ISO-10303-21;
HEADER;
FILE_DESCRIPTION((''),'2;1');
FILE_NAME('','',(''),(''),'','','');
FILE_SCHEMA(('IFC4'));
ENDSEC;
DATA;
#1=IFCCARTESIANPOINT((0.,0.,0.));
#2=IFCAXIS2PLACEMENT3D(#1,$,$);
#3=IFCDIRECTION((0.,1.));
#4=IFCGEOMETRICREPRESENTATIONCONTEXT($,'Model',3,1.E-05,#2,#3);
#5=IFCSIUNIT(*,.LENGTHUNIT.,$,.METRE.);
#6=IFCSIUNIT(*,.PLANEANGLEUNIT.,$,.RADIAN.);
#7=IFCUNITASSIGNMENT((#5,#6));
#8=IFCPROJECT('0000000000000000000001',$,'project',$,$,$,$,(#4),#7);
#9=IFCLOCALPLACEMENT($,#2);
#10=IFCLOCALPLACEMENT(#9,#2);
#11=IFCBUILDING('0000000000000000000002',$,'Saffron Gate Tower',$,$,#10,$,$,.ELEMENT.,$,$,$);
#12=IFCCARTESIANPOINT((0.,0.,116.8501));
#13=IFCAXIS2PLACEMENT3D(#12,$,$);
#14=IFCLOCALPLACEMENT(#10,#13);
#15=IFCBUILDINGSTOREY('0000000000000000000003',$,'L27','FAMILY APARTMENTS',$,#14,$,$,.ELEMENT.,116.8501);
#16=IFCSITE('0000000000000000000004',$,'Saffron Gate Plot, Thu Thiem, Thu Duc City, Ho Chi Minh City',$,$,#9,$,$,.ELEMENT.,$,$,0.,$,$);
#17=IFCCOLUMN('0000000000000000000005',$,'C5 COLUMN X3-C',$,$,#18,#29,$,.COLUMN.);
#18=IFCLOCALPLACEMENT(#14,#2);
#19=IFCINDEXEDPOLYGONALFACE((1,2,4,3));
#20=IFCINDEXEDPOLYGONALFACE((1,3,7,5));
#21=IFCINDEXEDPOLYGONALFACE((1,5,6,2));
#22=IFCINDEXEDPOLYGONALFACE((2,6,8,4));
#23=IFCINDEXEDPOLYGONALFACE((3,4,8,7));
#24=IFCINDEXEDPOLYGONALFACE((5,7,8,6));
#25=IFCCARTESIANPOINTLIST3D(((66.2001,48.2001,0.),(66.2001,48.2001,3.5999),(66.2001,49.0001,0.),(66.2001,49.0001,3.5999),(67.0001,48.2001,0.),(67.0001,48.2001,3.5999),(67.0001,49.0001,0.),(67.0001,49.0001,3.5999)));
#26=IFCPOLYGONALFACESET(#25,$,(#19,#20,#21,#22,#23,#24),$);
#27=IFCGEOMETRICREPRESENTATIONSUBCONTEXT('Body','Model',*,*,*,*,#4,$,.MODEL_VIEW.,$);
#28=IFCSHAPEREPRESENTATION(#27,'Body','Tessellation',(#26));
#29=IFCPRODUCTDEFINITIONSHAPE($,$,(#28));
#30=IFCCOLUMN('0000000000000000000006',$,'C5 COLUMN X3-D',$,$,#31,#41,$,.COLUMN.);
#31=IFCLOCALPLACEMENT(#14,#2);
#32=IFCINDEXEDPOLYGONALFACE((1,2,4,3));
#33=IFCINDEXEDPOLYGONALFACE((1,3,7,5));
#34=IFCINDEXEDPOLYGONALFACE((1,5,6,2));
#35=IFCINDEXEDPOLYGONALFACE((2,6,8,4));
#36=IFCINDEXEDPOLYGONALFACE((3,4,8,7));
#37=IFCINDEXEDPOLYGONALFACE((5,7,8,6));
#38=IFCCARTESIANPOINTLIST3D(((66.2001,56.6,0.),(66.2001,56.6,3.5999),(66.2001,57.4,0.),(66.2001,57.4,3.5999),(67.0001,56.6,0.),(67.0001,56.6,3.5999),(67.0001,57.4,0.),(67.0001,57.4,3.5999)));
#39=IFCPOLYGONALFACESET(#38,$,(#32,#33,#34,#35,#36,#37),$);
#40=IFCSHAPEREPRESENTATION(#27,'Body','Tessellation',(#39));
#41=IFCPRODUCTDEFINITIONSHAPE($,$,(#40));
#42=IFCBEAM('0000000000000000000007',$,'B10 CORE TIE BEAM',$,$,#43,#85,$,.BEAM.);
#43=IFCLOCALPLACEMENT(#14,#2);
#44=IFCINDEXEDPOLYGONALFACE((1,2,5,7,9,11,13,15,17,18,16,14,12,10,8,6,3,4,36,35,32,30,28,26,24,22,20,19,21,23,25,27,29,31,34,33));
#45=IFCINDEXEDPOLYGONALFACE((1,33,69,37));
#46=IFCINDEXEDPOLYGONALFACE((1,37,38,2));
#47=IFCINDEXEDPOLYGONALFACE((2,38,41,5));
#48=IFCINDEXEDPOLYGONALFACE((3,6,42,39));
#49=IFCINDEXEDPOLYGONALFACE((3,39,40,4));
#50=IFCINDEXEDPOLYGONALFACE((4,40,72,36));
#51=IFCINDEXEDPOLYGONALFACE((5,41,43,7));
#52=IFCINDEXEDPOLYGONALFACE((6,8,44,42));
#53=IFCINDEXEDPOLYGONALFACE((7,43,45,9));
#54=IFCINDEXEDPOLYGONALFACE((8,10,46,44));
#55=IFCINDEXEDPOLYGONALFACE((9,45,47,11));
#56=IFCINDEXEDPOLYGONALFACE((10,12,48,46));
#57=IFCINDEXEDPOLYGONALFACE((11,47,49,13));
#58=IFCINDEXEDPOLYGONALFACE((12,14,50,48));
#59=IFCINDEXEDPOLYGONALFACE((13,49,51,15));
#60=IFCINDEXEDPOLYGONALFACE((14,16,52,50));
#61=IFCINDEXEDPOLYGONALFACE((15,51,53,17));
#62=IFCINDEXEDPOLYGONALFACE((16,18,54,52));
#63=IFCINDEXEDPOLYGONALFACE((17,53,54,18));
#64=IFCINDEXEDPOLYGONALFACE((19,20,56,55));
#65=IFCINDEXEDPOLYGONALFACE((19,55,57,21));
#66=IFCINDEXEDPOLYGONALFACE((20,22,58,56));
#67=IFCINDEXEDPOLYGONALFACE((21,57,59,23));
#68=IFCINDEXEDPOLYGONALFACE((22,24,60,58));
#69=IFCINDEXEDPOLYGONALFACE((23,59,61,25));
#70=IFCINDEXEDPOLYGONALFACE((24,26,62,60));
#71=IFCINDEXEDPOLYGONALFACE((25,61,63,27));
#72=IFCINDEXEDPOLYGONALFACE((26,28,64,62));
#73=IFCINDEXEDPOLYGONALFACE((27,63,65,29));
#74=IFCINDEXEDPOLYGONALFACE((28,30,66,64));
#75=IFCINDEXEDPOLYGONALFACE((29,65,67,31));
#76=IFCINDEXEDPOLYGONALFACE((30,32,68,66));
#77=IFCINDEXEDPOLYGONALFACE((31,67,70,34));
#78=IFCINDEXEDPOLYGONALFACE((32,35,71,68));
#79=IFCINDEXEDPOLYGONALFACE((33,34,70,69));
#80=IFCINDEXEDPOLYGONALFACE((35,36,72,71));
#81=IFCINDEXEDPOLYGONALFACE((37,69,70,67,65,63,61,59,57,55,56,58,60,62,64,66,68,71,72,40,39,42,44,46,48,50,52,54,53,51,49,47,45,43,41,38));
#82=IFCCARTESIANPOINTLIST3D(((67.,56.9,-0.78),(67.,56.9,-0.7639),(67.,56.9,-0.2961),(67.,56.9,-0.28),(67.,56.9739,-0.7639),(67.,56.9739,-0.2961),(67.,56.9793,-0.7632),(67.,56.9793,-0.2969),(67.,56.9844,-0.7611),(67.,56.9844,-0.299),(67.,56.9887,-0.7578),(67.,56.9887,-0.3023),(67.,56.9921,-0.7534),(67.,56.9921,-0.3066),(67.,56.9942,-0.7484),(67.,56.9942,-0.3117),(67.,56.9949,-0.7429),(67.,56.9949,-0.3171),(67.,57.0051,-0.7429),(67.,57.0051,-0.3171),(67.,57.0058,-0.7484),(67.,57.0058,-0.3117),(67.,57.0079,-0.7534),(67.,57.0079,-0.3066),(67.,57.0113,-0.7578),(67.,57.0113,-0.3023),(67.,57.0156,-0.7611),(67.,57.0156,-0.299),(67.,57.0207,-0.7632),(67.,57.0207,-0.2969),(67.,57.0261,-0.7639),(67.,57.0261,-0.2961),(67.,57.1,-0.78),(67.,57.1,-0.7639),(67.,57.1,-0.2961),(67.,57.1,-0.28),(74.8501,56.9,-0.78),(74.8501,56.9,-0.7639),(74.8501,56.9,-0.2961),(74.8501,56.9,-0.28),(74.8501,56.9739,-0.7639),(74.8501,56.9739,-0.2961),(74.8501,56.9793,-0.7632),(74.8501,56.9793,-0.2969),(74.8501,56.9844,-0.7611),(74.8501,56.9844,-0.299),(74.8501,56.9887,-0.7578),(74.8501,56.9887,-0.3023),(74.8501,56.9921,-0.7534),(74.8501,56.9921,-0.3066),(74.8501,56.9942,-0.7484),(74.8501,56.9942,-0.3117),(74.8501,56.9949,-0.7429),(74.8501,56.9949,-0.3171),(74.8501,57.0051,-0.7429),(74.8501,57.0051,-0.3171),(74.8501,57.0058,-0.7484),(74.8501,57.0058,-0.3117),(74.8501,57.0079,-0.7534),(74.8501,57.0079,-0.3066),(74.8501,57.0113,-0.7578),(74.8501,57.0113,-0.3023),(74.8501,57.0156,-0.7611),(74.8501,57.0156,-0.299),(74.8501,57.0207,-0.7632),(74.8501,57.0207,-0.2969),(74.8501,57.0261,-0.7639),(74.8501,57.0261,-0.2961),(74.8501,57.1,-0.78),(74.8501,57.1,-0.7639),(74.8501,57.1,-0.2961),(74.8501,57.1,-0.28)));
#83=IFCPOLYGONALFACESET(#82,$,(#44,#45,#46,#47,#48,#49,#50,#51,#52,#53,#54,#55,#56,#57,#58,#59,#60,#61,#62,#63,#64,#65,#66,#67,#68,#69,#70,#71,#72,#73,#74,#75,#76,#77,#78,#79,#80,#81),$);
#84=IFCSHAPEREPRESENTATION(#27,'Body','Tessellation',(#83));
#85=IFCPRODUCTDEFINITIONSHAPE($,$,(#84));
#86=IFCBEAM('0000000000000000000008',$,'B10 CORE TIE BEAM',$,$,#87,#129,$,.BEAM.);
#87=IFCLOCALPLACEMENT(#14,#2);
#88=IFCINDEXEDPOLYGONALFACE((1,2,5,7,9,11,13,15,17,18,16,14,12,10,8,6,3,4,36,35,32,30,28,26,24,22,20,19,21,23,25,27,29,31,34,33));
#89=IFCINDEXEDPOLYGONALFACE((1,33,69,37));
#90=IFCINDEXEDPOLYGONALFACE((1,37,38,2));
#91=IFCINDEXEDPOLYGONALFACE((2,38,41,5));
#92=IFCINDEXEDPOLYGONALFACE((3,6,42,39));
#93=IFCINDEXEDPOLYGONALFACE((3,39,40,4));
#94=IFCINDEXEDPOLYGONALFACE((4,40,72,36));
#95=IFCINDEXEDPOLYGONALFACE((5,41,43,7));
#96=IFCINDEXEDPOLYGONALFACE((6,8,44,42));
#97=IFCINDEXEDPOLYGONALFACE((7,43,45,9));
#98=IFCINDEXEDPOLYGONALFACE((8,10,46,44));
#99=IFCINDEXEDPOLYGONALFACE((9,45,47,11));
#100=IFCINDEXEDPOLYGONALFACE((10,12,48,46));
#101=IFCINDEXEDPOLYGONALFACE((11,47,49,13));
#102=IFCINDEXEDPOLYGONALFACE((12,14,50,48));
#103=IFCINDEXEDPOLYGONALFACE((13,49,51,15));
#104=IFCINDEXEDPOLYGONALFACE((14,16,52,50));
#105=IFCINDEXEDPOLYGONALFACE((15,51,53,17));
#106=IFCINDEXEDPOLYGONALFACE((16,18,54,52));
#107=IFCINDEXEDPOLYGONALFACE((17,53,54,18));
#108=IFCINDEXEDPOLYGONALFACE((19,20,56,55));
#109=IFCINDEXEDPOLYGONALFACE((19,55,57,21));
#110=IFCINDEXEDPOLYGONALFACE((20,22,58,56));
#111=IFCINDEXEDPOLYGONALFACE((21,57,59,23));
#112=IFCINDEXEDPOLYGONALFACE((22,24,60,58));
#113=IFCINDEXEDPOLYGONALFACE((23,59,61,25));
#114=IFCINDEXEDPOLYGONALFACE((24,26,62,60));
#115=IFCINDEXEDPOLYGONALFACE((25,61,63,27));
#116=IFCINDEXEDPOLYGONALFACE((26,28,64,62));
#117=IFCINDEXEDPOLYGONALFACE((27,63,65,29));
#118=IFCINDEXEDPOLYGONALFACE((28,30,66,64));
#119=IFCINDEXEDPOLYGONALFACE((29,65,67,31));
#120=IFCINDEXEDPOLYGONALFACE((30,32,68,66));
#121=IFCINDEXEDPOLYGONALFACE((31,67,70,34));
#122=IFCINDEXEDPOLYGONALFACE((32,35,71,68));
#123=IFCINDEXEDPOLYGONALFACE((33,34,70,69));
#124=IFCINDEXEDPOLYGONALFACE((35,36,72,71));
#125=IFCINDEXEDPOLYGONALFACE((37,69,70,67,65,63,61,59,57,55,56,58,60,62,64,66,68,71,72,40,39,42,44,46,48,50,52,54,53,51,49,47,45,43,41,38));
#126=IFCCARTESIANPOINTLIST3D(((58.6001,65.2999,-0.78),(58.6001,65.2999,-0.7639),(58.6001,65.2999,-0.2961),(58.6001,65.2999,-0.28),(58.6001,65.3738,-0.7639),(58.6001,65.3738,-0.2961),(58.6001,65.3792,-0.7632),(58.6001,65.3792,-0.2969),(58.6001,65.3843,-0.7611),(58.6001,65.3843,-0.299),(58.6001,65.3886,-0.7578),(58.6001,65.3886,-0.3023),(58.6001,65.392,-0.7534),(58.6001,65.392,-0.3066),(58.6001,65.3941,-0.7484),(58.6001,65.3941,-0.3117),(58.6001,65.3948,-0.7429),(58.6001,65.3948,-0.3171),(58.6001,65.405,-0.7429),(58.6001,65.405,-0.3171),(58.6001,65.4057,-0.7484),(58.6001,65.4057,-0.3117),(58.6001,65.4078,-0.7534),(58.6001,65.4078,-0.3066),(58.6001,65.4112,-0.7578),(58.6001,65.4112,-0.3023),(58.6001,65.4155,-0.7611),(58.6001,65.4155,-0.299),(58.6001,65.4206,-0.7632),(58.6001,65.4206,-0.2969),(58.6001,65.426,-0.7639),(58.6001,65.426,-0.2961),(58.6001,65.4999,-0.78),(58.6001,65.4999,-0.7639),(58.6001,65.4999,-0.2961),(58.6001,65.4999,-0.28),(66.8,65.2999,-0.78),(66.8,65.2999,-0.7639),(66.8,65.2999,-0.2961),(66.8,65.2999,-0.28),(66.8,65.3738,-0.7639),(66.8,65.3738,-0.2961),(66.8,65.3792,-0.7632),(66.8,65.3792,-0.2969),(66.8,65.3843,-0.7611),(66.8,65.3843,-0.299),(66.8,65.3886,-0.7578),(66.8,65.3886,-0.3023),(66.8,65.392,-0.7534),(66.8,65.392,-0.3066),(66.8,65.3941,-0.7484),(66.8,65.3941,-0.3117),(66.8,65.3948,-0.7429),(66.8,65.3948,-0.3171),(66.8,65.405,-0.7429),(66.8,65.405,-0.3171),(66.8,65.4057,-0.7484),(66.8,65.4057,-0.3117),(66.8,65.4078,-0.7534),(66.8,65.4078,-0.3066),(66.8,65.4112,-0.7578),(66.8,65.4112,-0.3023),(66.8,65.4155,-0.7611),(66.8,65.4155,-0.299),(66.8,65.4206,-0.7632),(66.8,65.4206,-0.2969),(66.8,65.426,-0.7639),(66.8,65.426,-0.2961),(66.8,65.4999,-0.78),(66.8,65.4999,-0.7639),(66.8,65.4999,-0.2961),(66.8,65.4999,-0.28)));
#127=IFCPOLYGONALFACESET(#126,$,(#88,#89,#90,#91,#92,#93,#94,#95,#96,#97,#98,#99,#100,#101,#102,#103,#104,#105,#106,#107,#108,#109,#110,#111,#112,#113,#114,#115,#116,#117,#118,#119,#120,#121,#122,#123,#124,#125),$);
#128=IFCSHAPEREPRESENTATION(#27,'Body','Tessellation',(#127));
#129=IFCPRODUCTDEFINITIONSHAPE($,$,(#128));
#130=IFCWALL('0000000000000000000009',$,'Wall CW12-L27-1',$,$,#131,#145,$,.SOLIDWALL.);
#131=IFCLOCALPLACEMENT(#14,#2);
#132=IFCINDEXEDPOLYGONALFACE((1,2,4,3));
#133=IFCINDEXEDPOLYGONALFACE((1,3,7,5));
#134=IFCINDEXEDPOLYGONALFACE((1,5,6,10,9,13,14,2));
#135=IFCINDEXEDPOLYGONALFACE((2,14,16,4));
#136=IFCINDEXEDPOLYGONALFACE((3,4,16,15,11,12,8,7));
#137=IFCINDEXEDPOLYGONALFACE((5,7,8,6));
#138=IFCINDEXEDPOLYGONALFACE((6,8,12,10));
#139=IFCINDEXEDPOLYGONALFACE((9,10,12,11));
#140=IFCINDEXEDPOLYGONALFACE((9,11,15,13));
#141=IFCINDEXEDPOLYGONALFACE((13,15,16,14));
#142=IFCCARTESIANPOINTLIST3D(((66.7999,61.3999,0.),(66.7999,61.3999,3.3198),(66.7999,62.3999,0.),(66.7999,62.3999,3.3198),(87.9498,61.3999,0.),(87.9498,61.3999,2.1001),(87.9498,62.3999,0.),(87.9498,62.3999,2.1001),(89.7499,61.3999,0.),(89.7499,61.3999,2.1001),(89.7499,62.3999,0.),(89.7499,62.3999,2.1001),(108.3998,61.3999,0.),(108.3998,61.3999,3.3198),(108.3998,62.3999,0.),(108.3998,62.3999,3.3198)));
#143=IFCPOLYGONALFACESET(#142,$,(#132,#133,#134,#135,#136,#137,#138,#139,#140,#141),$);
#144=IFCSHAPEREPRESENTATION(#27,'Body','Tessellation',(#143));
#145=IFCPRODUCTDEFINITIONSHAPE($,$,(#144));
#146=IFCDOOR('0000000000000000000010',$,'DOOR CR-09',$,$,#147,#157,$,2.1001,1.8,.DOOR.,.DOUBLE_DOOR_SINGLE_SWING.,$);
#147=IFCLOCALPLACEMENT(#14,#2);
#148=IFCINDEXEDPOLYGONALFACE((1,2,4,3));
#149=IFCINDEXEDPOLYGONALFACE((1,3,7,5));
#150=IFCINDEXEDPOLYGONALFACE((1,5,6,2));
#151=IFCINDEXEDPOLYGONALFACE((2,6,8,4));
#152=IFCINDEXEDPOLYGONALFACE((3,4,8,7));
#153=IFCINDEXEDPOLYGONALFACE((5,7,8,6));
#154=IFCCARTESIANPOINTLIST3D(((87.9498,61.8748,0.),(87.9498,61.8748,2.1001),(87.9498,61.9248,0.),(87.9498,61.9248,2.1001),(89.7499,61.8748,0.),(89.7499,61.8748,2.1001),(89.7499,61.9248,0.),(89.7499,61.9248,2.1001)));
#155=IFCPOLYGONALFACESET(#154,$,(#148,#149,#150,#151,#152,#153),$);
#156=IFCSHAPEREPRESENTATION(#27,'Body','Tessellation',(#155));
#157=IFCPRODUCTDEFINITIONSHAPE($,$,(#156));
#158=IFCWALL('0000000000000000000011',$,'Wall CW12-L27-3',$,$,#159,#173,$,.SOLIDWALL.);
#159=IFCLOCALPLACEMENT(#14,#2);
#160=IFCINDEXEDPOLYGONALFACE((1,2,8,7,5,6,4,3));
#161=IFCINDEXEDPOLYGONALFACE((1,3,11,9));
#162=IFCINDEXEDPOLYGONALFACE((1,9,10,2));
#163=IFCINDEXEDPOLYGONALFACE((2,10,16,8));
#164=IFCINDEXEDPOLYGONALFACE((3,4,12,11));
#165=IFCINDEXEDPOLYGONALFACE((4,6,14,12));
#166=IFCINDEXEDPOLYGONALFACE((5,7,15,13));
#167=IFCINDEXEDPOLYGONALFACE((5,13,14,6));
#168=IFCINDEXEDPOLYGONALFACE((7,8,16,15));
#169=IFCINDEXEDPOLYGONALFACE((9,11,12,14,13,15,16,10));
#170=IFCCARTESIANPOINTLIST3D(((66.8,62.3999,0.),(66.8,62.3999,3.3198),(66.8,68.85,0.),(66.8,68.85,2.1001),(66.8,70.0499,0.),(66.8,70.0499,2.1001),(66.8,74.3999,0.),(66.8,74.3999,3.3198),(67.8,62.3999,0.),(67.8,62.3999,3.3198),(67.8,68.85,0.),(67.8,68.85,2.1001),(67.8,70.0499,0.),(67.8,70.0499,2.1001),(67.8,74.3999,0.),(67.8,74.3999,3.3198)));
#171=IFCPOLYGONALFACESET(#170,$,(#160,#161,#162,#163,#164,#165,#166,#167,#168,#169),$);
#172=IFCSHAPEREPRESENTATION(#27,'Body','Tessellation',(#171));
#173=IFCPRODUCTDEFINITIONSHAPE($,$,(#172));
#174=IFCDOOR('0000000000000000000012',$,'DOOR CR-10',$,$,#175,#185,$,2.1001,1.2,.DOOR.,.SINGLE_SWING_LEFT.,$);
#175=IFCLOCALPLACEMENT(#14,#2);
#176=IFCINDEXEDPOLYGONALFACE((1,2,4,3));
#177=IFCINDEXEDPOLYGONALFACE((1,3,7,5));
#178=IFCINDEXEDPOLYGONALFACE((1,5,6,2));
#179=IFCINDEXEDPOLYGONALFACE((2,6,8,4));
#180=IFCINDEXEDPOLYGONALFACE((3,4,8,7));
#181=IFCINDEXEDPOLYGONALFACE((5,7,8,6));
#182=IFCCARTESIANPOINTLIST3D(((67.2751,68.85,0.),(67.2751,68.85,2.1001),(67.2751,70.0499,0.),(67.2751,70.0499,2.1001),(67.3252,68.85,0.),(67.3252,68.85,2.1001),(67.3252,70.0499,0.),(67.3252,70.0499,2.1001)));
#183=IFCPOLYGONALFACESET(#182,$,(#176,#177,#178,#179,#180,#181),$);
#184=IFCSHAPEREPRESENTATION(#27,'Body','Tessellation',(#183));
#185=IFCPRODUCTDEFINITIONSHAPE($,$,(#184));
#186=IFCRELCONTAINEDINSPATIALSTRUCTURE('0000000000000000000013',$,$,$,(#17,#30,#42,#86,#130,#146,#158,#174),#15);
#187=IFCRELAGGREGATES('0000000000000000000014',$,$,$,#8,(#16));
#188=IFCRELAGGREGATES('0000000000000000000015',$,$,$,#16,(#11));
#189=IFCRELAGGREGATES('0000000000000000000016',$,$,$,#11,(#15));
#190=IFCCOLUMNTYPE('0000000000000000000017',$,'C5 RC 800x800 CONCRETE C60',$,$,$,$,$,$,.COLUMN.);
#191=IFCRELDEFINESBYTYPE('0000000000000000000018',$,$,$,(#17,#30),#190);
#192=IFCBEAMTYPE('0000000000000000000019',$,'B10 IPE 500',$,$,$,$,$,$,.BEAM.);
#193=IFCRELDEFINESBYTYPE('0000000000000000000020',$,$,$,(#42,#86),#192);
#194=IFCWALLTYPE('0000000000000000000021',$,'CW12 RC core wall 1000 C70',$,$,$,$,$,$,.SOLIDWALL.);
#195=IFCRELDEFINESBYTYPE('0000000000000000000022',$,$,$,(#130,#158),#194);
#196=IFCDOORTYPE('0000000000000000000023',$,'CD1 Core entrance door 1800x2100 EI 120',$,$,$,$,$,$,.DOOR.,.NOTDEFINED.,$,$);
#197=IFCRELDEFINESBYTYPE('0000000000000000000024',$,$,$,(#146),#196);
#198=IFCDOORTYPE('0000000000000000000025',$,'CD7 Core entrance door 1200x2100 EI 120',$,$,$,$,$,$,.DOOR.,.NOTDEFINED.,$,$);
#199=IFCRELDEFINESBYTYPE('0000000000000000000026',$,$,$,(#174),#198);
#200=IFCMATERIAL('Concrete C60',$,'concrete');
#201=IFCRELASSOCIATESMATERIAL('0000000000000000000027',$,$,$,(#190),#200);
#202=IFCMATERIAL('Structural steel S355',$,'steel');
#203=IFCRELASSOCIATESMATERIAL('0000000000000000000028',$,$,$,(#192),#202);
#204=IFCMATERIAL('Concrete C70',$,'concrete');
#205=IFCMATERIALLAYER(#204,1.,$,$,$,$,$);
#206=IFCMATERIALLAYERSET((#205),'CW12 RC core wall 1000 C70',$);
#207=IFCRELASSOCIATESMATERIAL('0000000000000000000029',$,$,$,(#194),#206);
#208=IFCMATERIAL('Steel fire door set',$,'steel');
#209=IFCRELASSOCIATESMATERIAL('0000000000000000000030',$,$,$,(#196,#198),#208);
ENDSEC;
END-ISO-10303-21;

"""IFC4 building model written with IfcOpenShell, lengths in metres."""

from ifc_helpers import new_model, si_unit, direction, frame, frame_2d, origin, origin_2d, place, context, subcontext, project, spatial, rectangle, i_section, extrude, material, layer, layer_set, material_profile, profile_set, type_object, element, fill, save


model = new_model("IFC4")

# Units and contexts
model_context = context("Model", 3, precision=1e-05, world=origin(), true_north=direction((0.0, 1.0)))
body_context = subcontext(model_context, "Body", "Model", "MODEL_VIEW")
ifc_project = project(units=[si_unit("LENGTHUNIT", "METRE"), si_unit("PLANEANGLEUNIT", "RADIAN")], contexts=[model_context])

# Site, building, storey
site_placement = place(None, origin())
site = spatial("IfcSite", under=ifc_project, at=site_placement, Name="Saffron Gate Plot, Thu Thiem, Thu Duc City, Ho Chi Minh City", CompositionType="ELEMENT", RefElevation=0.0)
building_placement = place(site_placement, origin())
building = spatial("IfcBuilding", under=site, at=building_placement, Name="Saffron Gate Tower", CompositionType="ELEMENT")
storey_placement = place(building_placement, frame((0.0, 0.0, 116.8501)))
storey = spatial("IfcBuildingStorey", under=building, at=storey_placement, Name="L27", Description="FAMILY APARTMENTS", CompositionType="ELEMENT", Elevation=116.8501)

# Columns
ifc_material_1 = material(Name="Concrete C60", Category="concrete")
ifc_material_profile_1 = material_profile(ifc_material_1, rectangle(XDim=0.8, YDim=0.8, at=origin_2d()))
ifc_profile_set_1 = profile_set([ifc_material_profile_1], Name="Concrete C60")
column_type = type_object("IfcColumnType", Name="C5 RC 800x800 CONCRETE C60", PredefinedType="COLUMN", material=ifc_profile_set_1)
for number, where, z_axis, x_axis, name in (
    (1, (66.6001, 48.6001, 0.0), (0.0, 0.0, 1.0), (1.0, 0.0, 0.0), "C5 COLUMN X3-C"),
    (2, (66.6001, 57.0, 0.0), (0.0, 0.0, 1.0), (1.0, 0.0, 0.0), "C5 COLUMN X3-D"),
):
    element("IfcColumn", number, at=place(storey_placement, frame(where, z_axis=z_axis, x_axis=x_axis)), inside=storey, type_object=column_type, Name=name, PredefinedType="COLUMN", context=body_context, shape_type="SweptSolid", body=[
        extrude(rectangle(XDim=0.8, YDim=0.8, at=origin_2d()), origin(), (0.0, 0.0, 1.0), 3.5999),
    ])

# Beams
ifc_material_2 = material(Name="Structural steel S355", Category="steel")
ifc_material_profile_2 = material_profile(ifc_material_2, i_section(OverallWidth=0.2, OverallDepth=0.5, WebThickness=0.0103, FlangeThickness=0.0161, FilletRadius=0.021, at=origin_2d()))
ifc_profile_set_2 = profile_set([ifc_material_profile_2], Name="Structural steel S355")
beam_type = type_object("IfcBeamType", Name="B10 IPE 500", PredefinedType="BEAM", material=ifc_profile_set_2)
beam_1_placement = place(storey_placement, frame((67.0, 57.0, -0.53), z_axis=(1.0, 0.0, 0.0), x_axis=(0.0, 1.0, 0.0)))
element("IfcBeam", 3, at=beam_1_placement, inside=storey, type_object=beam_type, Name="B10 CORE TIE BEAM", PredefinedType="BEAM", context=body_context, shape_type="SweptSolid", body=[
    extrude(i_section(OverallWidth=0.2, OverallDepth=0.5, WebThickness=0.0103, FlangeThickness=0.0161, FilletRadius=0.021, at=origin_2d()), origin(), (0.0, 0.0, 1.0), 7.8501),
])
beam_2_placement = place(storey_placement, frame((58.6001, 65.3999, -0.53), z_axis=(1.0, 0.0, 0.0), x_axis=(0.0, 1.0, 0.0)))
element("IfcBeam", 4, at=beam_2_placement, inside=storey, type_object=beam_type, Name="B10 CORE TIE BEAM", PredefinedType="BEAM", context=body_context, shape_type="SweptSolid", body=[
    extrude(i_section(OverallWidth=0.2, OverallDepth=0.5, WebThickness=0.0103, FlangeThickness=0.0161, FilletRadius=0.021, at=origin_2d()), origin(), (0.0, 0.0, 1.0), 8.2),
])

# Walls, openings, doors
ifc_material_3 = material(Name="Concrete C70", Category="concrete")
ifc_layer_1 = layer(ifc_material_3, 1.0)
ifc_layer_set_1 = layer_set([ifc_layer_1], Name="CW12 RC core wall 1000 C70")
wall_type_1 = type_object("IfcWallType", Name="CW12 RC core wall 1000 C70", PredefinedType="SOLIDWALL", material=ifc_layer_set_1)
wall_1_placement = place(storey_placement, frame((66.8, 61.8999, 0.0), z_axis=(0.0, 0.0, 1.0), x_axis=(1.0, 0.0, 0.0)))
wall_1 = element("IfcWall", 5, at=wall_1_placement, inside=storey, type_object=wall_type_1, Name="Wall CW12-L27-1", PredefinedType="SOLIDWALL", context=body_context, shape_type="SweptSolid", body=[
    extrude(rectangle(XDim=41.5999, YDim=1.0, at=frame_2d((20.7998, 0.0))), origin(), (0.0, 0.0, 1.0), 3.3198),
])
opening_1_placement = place(wall_1_placement, frame((21.1499, 0.0, 0.0)))
opening_1 = element("IfcOpeningElement", 6, at=opening_1_placement, cuts=wall_1, PredefinedType="OPENING", context=body_context, shape_type="SweptSolid", body=[
    extrude(rectangle(XDim=1.8, YDim=2.1001, at=frame_2d((0.8999, 1.05))), frame((0.0, 0.51, 0.0), z_axis=(0.0, -1.0, 0.0), x_axis=(1.0, 0.0, 0.0)), (0.0, 0.0, 1.0), 1.02),
])
ifc_material_4 = material(Name="Steel fire door set", Category="steel")
door_type_1 = type_object("IfcDoorType", Name="CD1 Core entrance door 1800x2100 EI 120", OperationType="NOTDEFINED", PredefinedType="DOOR", material=ifc_material_4)
door_1_placement = place(opening_1_placement, origin())
door_1 = element("IfcDoor", 7, at=door_1_placement, inside=storey, type_object=door_type_1, Name="DOOR CR-09", OperationType="DOUBLE_DOOR_SINGLE_SWING", OverallHeight=2.1001, OverallWidth=1.8, PredefinedType="DOOR", context=body_context, shape_type="SweptSolid", body=[
    extrude(rectangle(XDim=1.8, YDim=2.1001, at=frame_2d((0.8999, 1.05))), frame((0.0, 0.0249, 0.0), z_axis=(0.0, -1.0, 0.0), x_axis=(1.0, 0.0, 0.0)), (0.0, 0.0, 1.0), 0.05),
])
fill(opening_1, door_1)
wall_2_placement = place(storey_placement, frame((67.3, 62.3999, 0.0), z_axis=(0.0, 0.0, 1.0), x_axis=(0.0, 1.0, 0.0)))
wall_2 = element("IfcWall", 8, at=wall_2_placement, inside=storey, type_object=wall_type_1, Name="Wall CW12-L27-3", PredefinedType="SOLIDWALL", context=body_context, shape_type="SweptSolid", body=[
    extrude(rectangle(XDim=12.0, YDim=1.0, at=frame_2d((6.0, 0.0))), origin(), (0.0, 0.0, 1.0), 3.3198),
])
opening_2_placement = place(wall_2_placement, frame((6.45, 0.0, 0.0)))
opening_2 = element("IfcOpeningElement", 9, at=opening_2_placement, cuts=wall_2, PredefinedType="OPENING", context=body_context, shape_type="SweptSolid", body=[
    extrude(rectangle(XDim=1.2, YDim=2.1001, at=frame_2d((0.6001, 1.05))), frame((0.0, 0.51, 0.0), z_axis=(0.0, -1.0, 0.0), x_axis=(1.0, 0.0, 0.0)), (0.0, 0.0, 1.0), 1.02),
])
door_type_2 = type_object("IfcDoorType", Name="CD7 Core entrance door 1200x2100 EI 120", OperationType="NOTDEFINED", PredefinedType="DOOR", material=ifc_material_4)
door_2_placement = place(opening_2_placement, origin())
door_2 = element("IfcDoor", 10, at=door_2_placement, inside=storey, type_object=door_type_2, Name="DOOR CR-10", OperationType="SINGLE_SWING_LEFT", OverallHeight=2.1001, OverallWidth=1.2, PredefinedType="DOOR", context=body_context, shape_type="SweptSolid", body=[
    extrude(rectangle(XDim=1.2, YDim=2.1001, at=frame_2d((0.6001, 1.05))), frame((0.0, 0.0249, 0.0), z_axis=(0.0, -1.0, 0.0), x_axis=(1.0, 0.0, 0.0)), (0.0, 0.0, 1.0), 0.05),
])
fill(opening_2, door_2)

save(model, "model.ifc")
